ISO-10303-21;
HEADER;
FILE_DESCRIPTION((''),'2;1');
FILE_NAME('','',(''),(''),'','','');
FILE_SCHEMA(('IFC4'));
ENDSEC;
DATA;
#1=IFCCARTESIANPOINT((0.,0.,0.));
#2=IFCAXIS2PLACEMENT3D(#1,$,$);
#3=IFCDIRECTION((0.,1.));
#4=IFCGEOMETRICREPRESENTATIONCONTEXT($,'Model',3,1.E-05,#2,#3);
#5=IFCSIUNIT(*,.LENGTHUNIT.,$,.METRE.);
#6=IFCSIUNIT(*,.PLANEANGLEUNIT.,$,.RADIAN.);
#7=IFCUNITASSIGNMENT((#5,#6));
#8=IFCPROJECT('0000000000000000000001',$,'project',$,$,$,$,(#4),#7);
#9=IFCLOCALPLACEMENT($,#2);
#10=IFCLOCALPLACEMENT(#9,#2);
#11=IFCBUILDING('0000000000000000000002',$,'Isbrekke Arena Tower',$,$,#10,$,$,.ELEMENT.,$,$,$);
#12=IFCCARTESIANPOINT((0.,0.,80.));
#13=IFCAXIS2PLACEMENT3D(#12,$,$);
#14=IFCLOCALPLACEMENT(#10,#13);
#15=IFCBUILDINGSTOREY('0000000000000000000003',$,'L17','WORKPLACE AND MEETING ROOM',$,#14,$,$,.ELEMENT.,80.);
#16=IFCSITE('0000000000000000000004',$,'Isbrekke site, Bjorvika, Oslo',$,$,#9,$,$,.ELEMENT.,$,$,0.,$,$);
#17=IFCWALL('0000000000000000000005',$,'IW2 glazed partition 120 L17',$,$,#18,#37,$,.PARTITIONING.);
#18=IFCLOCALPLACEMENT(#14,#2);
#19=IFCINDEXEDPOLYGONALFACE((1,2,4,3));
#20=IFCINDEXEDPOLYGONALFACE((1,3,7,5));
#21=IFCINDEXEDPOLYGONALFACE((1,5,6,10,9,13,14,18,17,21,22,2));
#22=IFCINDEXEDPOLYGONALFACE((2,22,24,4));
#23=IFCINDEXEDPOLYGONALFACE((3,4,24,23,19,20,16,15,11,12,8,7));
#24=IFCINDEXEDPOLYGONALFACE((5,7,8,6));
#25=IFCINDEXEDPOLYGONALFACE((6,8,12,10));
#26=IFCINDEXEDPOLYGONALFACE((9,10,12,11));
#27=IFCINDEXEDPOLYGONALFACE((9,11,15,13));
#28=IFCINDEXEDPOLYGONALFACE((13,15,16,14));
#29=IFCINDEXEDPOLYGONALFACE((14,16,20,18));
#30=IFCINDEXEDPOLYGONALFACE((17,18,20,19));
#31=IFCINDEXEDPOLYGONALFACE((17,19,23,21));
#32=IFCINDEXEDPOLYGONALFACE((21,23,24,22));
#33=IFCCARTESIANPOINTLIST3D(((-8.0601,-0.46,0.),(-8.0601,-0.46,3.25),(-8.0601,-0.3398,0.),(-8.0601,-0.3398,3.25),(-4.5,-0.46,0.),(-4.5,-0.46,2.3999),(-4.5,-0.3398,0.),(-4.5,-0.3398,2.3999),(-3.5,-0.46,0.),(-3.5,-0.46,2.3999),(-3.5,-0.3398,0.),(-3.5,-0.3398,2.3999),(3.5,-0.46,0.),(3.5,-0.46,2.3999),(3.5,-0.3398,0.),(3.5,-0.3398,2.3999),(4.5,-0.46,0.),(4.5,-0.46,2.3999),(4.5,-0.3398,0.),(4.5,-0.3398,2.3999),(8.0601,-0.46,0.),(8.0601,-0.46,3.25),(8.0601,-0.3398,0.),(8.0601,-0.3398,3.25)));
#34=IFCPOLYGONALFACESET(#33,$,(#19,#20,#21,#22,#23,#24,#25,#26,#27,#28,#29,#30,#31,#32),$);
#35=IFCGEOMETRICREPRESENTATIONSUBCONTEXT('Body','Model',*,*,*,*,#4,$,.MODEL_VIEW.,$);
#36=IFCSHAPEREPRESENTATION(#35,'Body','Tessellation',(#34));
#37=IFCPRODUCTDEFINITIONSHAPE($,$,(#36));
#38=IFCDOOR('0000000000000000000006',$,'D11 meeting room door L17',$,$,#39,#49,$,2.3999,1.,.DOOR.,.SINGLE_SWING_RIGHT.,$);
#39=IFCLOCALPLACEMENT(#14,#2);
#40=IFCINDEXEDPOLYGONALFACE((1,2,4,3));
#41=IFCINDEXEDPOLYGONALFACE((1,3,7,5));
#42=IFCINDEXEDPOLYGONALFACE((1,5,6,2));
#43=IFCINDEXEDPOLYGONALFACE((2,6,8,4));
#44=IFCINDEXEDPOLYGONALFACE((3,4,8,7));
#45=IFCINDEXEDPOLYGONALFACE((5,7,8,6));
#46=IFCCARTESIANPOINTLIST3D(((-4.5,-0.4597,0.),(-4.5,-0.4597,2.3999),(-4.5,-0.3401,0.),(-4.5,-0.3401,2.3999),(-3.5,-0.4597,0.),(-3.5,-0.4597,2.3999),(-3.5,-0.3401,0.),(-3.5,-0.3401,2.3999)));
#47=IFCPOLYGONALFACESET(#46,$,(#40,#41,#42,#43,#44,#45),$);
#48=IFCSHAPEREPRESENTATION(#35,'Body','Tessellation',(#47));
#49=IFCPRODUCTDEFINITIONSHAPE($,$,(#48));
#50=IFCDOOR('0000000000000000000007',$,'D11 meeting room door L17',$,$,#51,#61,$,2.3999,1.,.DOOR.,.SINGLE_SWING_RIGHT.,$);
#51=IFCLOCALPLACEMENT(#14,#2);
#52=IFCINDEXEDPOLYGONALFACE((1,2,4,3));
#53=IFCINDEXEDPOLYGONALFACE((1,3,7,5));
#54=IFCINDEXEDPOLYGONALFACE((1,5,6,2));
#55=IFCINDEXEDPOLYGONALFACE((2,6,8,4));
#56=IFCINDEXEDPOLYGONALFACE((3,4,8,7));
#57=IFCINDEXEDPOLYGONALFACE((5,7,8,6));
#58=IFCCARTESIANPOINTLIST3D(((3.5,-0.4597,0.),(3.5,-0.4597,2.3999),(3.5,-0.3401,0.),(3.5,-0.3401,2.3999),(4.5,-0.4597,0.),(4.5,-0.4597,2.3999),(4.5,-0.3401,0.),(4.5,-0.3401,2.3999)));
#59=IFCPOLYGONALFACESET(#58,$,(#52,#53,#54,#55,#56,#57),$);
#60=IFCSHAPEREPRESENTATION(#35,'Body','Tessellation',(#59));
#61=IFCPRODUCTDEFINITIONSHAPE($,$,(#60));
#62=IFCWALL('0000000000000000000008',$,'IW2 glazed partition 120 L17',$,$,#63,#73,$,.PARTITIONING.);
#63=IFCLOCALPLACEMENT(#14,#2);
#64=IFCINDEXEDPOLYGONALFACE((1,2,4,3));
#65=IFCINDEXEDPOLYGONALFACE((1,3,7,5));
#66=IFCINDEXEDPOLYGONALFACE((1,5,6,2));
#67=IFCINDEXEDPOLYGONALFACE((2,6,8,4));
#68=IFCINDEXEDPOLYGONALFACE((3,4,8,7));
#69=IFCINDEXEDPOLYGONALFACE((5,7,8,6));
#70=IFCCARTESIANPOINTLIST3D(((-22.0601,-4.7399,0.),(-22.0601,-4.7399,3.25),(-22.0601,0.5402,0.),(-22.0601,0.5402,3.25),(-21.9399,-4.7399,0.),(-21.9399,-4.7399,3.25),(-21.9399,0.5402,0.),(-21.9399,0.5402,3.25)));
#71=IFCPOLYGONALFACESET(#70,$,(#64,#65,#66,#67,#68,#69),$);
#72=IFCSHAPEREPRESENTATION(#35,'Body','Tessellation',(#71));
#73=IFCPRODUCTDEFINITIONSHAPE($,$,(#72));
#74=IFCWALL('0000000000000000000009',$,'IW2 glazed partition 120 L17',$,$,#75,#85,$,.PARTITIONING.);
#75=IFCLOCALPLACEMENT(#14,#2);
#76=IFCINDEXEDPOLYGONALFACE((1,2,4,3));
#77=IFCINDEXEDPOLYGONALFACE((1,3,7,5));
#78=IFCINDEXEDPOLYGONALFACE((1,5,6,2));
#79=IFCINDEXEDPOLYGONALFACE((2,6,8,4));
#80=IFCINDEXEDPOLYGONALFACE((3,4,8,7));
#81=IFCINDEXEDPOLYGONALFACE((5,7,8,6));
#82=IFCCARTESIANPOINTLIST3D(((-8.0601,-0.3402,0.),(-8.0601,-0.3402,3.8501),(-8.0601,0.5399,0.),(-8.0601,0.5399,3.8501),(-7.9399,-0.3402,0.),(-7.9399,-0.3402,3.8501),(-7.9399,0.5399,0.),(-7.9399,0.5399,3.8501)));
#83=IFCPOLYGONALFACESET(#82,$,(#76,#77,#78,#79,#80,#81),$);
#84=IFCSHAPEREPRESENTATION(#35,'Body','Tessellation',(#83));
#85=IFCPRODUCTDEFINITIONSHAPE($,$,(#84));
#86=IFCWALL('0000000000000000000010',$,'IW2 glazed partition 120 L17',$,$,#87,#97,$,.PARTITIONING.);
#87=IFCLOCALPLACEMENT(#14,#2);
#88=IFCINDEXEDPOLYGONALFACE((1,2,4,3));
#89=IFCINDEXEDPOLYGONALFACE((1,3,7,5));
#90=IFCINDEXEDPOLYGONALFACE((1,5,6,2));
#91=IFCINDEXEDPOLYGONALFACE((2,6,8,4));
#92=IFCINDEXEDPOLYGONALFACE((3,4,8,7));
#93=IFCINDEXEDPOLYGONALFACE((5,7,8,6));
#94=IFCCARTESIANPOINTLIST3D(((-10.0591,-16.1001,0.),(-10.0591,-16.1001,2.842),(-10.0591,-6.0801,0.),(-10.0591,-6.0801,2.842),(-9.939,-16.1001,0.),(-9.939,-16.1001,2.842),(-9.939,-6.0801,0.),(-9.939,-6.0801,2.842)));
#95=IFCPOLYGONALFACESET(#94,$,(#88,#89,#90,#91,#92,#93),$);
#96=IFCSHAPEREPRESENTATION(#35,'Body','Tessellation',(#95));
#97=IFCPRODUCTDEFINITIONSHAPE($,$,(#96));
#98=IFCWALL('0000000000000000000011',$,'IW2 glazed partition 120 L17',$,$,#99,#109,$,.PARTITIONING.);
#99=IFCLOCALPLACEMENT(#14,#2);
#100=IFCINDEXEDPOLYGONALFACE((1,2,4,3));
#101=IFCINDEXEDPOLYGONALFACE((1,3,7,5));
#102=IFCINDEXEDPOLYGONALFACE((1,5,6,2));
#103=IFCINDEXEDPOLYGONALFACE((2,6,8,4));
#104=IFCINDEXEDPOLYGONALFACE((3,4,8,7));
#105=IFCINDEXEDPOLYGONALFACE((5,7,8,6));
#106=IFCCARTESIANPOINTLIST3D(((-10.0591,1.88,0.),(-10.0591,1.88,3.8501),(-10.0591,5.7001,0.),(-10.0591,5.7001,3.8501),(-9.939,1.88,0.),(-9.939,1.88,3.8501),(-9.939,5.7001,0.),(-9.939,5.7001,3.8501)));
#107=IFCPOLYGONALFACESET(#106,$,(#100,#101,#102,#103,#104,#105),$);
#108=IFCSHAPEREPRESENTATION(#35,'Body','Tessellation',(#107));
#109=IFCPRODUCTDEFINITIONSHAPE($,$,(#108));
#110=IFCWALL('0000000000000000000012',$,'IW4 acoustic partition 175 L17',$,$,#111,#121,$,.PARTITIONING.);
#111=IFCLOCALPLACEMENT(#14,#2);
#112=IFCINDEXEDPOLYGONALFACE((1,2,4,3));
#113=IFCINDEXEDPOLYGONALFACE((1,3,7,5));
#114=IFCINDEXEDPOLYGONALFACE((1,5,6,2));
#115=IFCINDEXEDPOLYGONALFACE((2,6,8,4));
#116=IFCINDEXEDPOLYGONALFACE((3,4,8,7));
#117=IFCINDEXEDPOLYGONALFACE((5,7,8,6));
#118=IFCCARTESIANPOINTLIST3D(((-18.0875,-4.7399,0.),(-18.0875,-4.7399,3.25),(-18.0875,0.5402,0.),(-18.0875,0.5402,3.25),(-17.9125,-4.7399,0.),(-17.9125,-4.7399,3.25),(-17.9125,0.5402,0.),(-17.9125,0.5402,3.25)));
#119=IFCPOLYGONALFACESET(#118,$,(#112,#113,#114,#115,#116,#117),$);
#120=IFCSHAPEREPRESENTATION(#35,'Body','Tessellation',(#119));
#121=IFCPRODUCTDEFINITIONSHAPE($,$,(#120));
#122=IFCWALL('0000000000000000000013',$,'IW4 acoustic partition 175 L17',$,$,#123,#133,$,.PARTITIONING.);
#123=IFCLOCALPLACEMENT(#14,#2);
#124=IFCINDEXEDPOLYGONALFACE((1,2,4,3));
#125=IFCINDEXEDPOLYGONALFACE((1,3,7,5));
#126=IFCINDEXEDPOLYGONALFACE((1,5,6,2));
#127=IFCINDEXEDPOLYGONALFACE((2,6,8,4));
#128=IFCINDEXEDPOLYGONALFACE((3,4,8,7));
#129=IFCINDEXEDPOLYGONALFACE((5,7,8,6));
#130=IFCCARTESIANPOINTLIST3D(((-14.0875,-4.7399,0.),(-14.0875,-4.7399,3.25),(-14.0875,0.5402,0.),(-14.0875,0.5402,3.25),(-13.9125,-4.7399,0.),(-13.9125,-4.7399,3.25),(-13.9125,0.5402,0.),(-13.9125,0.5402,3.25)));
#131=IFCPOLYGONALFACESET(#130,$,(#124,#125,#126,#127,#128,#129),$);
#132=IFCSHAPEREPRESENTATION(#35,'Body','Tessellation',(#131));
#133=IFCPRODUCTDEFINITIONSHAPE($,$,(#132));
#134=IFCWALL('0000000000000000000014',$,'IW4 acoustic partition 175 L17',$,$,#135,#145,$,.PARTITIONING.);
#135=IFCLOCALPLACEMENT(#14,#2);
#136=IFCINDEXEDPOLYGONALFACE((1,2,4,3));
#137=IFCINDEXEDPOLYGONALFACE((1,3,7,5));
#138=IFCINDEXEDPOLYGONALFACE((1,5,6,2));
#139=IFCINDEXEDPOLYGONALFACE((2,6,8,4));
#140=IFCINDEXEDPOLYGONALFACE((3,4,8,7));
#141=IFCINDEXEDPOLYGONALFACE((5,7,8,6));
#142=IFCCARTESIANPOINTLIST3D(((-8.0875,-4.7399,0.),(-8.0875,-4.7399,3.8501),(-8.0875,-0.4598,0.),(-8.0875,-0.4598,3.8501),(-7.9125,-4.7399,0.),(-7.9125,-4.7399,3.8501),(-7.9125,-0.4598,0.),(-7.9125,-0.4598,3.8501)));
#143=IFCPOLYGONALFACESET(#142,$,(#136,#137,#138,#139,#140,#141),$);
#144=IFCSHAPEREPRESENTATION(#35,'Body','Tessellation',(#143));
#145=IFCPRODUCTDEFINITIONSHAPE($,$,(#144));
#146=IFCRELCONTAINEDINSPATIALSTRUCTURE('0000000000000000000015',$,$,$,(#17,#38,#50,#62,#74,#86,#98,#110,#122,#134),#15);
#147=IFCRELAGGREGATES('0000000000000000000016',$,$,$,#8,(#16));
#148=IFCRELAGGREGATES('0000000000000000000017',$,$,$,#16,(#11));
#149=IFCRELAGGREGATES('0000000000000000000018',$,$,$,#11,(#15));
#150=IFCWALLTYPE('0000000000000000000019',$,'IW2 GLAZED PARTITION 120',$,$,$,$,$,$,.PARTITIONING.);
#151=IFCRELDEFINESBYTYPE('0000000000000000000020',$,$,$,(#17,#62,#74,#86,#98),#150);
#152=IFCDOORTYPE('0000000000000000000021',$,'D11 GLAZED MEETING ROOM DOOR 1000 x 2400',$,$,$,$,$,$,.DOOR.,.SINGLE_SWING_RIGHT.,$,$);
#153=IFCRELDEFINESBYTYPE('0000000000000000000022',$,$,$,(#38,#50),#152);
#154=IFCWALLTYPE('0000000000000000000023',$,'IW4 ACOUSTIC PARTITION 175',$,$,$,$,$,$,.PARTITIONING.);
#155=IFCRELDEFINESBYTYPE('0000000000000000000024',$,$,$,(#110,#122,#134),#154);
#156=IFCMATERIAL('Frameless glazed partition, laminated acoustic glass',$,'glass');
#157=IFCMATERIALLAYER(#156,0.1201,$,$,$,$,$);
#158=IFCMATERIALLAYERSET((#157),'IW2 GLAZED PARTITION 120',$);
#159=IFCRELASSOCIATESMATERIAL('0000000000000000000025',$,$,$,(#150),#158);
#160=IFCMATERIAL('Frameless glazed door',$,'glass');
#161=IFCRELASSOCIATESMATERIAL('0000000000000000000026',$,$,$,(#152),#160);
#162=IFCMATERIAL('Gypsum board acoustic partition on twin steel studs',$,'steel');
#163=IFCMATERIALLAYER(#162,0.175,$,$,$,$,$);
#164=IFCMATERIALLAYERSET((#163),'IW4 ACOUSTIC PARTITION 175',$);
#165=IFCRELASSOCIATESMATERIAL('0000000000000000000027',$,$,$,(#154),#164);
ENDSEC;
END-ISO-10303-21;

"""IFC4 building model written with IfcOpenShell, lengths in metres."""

from ifc_helpers import new_model, si_unit, direction, frame, frame_2d, origin, place, context, subcontext, project, spatial, rectangle, extrude, material, layer, layer_set, type_object, element, fill, save


model = new_model("IFC4")

# Units and contexts
model_context = context("Model", 3, precision=1e-05, world=origin(), true_north=direction((0.0, 1.0)))
body_context = subcontext(model_context, "Body", "Model", "MODEL_VIEW")
ifc_project = project(units=[si_unit("LENGTHUNIT", "METRE"), si_unit("PLANEANGLEUNIT", "RADIAN")], contexts=[model_context])

# Site, building, storey
site_placement = place(None, origin())
site = spatial("IfcSite", under=ifc_project, at=site_placement, Name="Isbrekke site, Bjorvika, Oslo", CompositionType="ELEMENT", RefElevation=0.0)
building_placement = place(site_placement, origin())
building = spatial("IfcBuilding", under=site, at=building_placement, Name="Isbrekke Arena Tower", CompositionType="ELEMENT")
storey_placement = place(building_placement, frame((0.0, 0.0, 80.0)))
storey = spatial("IfcBuildingStorey", under=building, at=storey_placement, Name="L17", Description="WORKPLACE AND MEETING ROOM", CompositionType="ELEMENT", Elevation=80.0)

# Wall, openings, doors
ifc_material_1 = material(Name="Frameless glazed partition, laminated acoustic glass", Category="glass")
ifc_layer_1 = layer(ifc_material_1, 0.1201)
ifc_layer_set_1 = layer_set([ifc_layer_1], Name="IW2 GLAZED PARTITION 120")
wall_type_1 = type_object("IfcWallType", Name="IW2 GLAZED PARTITION 120", PredefinedType="PARTITIONING", material=ifc_layer_set_1)
wall_1_placement = place(storey_placement, frame((-8.0601, -0.3999, 0.0), z_axis=(0.0, 0.0, 1.0), x_axis=(1.0, 0.0, 0.0)))
wall_1 = element("IfcWall", 1, at=wall_1_placement, inside=storey, type_object=wall_type_1, Name="IW2 glazed partition 120 L17", PredefinedType="PARTITIONING", context=body_context, shape_type="SweptSolid", body=[
    extrude(rectangle(XDim=16.1201, YDim=0.1201, at=frame_2d((8.0601, 0.0))), origin(), (0.0, 0.0, 1.0), 3.25),
])
opening_1_placement = place(wall_1_placement, frame((3.5601, 0.0, 0.0)))
opening_1 = element("IfcOpeningElement", 2, at=opening_1_placement, cuts=wall_1, PredefinedType="OPENING", context=body_context, shape_type="SweptSolid", body=[
    extrude(rectangle(XDim=1.0, YDim=2.3999, at=frame_2d((0.5, 1.2))), frame((0.0, 0.075, 0.0), z_axis=(0.0, -1.0, 0.0), x_axis=(1.0, 0.0, 0.0)), (0.0, 0.0, 1.0), 0.1499),
])
opening_2_placement = place(wall_1_placement, frame((11.5601, 0.0, 0.0)))
opening_2 = element("IfcOpeningElement", 3, at=opening_2_placement, cuts=wall_1, PredefinedType="OPENING", context=body_context, shape_type="SweptSolid", body=[
    extrude(rectangle(XDim=1.0, YDim=2.3999, at=frame_2d((0.5, 1.2))), frame((0.0, 0.075, 0.0), z_axis=(0.0, -1.0, 0.0), x_axis=(1.0, 0.0, 0.0)), (0.0, 0.0, 1.0), 0.1499),
])
ifc_material_2 = material(Name="Frameless glazed door", Category="glass")
door_type_1 = type_object("IfcDoorType", Name="D11 GLAZED MEETING ROOM DOOR 1000 x 2400", OperationType="SINGLE_SWING_RIGHT", PredefinedType="DOOR", material=ifc_material_2)
door_1_placement = place(opening_1_placement, origin())
door_1 = element("IfcDoor", 4, at=door_1_placement, inside=storey, type_object=door_type_1, Name="D11 meeting room door L17", OperationType="SINGLE_SWING_RIGHT", OverallHeight=2.3999, OverallWidth=1.0, PredefinedType="DOOR", context=body_context, shape_type="SweptSolid", body=[
    extrude(rectangle(XDim=1.0, YDim=2.3999, at=frame_2d((0.5, 1.2))), frame((0.0, 0.0598, 0.0), z_axis=(0.0, -1.0, 0.0), x_axis=(1.0, 0.0, 0.0)), (0.0, 0.0, 1.0), 0.1196),
])
fill(opening_1, door_1)
door_2_placement = place(opening_2_placement, origin())
door_2 = element("IfcDoor", 5, at=door_2_placement, inside=storey, type_object=door_type_1, Name="D11 meeting room door L17", OperationType="SINGLE_SWING_RIGHT", OverallHeight=2.3999, OverallWidth=1.0, PredefinedType="DOOR", context=body_context, shape_type="SweptSolid", body=[
    extrude(rectangle(XDim=1.0, YDim=2.3999, at=frame_2d((0.5, 1.2))), frame((0.0, 0.0598, 0.0), z_axis=(0.0, -1.0, 0.0), x_axis=(1.0, 0.0, 0.0)), (0.0, 0.0, 1.0), 0.1196),
])
fill(opening_2, door_2)

# Walls
wall_2_placement = place(storey_placement, frame((-22.0, -4.74, 0.0), z_axis=(0.0, 0.0, 1.0), x_axis=(0.0, 1.0, 0.0)))
element("IfcWall", 6, at=wall_2_placement, inside=storey, type_object=wall_type_1, Name="IW2 glazed partition 120 L17", PredefinedType="PARTITIONING", context=body_context, shape_type="SweptSolid", body=[
    extrude(rectangle(XDim=5.28, YDim=0.1201, at=frame_2d((2.6401, 0.0))), origin(), (0.0, 0.0, 1.0), 3.25),
])
wall_3_placement = place(storey_placement, frame((-8.0, -0.3401, 0.0), z_axis=(0.0, 0.0, 1.0), x_axis=(0.0, 1.0, 0.0)))
element("IfcWall", 7, at=wall_3_placement, inside=storey, type_object=wall_type_1, Name="IW2 glazed partition 120 L17", PredefinedType="PARTITIONING", context=body_context, shape_type="SweptSolid", body=[
    extrude(rectangle(XDim=0.8801, YDim=0.1201, at=frame_2d((0.4399, 0.0))), origin(), (0.0, 0.0, 1.0), 3.8501),
])
wall_4_placement = place(storey_placement, frame((-9.999, -16.1001, 0.0), z_axis=(0.0, 0.0, 1.0), x_axis=(0.0, 1.0, 0.0)))
element("IfcWall", 8, at=wall_4_placement, inside=storey, type_object=wall_type_1, Name="IW2 glazed partition 120 L17", PredefinedType="PARTITIONING", context=body_context, shape_type="SweptSolid", body=[
    extrude(rectangle(XDim=10.02, YDim=0.1201, at=frame_2d((5.01, 0.0))), origin(), (0.0, 0.0, 1.0), 2.842),
])
wall_5_placement = place(storey_placement, frame((-9.999, 1.8799, 0.0), z_axis=(0.0, 0.0, 1.0), x_axis=(0.0, 1.0, 0.0)))
element("IfcWall", 9, at=wall_5_placement, inside=storey, type_object=wall_type_1, Name="IW2 glazed partition 120 L17", PredefinedType="PARTITIONING", context=body_context, shape_type="SweptSolid", body=[
    extrude(rectangle(XDim=3.8201, YDim=0.1201, at=frame_2d((1.9102, 0.0))), origin(), (0.0, 0.0, 1.0), 3.8501),
])
ifc_material_3 = material(Name="Gypsum board acoustic partition on twin steel studs", Category="steel")
ifc_layer_2 = layer(ifc_material_3, 0.175)
ifc_layer_set_2 = layer_set([ifc_layer_2], Name="IW4 ACOUSTIC PARTITION 175")
wall_type_2 = type_object("IfcWallType", Name="IW4 ACOUSTIC PARTITION 175", PredefinedType="PARTITIONING", material=ifc_layer_set_2)
for number, where, z_axis, x_axis, name in (
    (10, (-18.0, -4.74, 0.0), (0.0, 0.0, 1.0), (0.0, 1.0, 0.0), "IW4 acoustic partition 175 L17"),
    (11, (-14.0, -4.74, 0.0), (0.0, 0.0, 1.0), (0.0, 1.0, 0.0), "IW4 acoustic partition 175 L17"),
):
    element("IfcWall", number, at=place(storey_placement, frame(where, z_axis=z_axis, x_axis=x_axis)), inside=storey, type_object=wall_type_2, Name=name, PredefinedType="PARTITIONING", context=body_context, shape_type="SweptSolid", body=[
        extrude(rectangle(XDim=5.28, YDim=0.175, at=frame_2d((2.6401, 0.0))), origin(), (0.0, 0.0, 1.0), 3.25),
    ])
wall_6_placement = place(storey_placement, frame((-8.0, -4.74, 0.0), z_axis=(0.0, 0.0, 1.0), x_axis=(0.0, 1.0, 0.0)))
element("IfcWall", 12, at=wall_6_placement, inside=storey, type_object=wall_type_2, Name="IW4 acoustic partition 175 L17", PredefinedType="PARTITIONING", context=body_context, shape_type="SweptSolid", body=[
    extrude(rectangle(XDim=4.28, YDim=0.175, at=frame_2d((2.1401, 0.0))), origin(), (0.0, 0.0, 1.0), 3.8501),
])

save(model, "model.ifc")
